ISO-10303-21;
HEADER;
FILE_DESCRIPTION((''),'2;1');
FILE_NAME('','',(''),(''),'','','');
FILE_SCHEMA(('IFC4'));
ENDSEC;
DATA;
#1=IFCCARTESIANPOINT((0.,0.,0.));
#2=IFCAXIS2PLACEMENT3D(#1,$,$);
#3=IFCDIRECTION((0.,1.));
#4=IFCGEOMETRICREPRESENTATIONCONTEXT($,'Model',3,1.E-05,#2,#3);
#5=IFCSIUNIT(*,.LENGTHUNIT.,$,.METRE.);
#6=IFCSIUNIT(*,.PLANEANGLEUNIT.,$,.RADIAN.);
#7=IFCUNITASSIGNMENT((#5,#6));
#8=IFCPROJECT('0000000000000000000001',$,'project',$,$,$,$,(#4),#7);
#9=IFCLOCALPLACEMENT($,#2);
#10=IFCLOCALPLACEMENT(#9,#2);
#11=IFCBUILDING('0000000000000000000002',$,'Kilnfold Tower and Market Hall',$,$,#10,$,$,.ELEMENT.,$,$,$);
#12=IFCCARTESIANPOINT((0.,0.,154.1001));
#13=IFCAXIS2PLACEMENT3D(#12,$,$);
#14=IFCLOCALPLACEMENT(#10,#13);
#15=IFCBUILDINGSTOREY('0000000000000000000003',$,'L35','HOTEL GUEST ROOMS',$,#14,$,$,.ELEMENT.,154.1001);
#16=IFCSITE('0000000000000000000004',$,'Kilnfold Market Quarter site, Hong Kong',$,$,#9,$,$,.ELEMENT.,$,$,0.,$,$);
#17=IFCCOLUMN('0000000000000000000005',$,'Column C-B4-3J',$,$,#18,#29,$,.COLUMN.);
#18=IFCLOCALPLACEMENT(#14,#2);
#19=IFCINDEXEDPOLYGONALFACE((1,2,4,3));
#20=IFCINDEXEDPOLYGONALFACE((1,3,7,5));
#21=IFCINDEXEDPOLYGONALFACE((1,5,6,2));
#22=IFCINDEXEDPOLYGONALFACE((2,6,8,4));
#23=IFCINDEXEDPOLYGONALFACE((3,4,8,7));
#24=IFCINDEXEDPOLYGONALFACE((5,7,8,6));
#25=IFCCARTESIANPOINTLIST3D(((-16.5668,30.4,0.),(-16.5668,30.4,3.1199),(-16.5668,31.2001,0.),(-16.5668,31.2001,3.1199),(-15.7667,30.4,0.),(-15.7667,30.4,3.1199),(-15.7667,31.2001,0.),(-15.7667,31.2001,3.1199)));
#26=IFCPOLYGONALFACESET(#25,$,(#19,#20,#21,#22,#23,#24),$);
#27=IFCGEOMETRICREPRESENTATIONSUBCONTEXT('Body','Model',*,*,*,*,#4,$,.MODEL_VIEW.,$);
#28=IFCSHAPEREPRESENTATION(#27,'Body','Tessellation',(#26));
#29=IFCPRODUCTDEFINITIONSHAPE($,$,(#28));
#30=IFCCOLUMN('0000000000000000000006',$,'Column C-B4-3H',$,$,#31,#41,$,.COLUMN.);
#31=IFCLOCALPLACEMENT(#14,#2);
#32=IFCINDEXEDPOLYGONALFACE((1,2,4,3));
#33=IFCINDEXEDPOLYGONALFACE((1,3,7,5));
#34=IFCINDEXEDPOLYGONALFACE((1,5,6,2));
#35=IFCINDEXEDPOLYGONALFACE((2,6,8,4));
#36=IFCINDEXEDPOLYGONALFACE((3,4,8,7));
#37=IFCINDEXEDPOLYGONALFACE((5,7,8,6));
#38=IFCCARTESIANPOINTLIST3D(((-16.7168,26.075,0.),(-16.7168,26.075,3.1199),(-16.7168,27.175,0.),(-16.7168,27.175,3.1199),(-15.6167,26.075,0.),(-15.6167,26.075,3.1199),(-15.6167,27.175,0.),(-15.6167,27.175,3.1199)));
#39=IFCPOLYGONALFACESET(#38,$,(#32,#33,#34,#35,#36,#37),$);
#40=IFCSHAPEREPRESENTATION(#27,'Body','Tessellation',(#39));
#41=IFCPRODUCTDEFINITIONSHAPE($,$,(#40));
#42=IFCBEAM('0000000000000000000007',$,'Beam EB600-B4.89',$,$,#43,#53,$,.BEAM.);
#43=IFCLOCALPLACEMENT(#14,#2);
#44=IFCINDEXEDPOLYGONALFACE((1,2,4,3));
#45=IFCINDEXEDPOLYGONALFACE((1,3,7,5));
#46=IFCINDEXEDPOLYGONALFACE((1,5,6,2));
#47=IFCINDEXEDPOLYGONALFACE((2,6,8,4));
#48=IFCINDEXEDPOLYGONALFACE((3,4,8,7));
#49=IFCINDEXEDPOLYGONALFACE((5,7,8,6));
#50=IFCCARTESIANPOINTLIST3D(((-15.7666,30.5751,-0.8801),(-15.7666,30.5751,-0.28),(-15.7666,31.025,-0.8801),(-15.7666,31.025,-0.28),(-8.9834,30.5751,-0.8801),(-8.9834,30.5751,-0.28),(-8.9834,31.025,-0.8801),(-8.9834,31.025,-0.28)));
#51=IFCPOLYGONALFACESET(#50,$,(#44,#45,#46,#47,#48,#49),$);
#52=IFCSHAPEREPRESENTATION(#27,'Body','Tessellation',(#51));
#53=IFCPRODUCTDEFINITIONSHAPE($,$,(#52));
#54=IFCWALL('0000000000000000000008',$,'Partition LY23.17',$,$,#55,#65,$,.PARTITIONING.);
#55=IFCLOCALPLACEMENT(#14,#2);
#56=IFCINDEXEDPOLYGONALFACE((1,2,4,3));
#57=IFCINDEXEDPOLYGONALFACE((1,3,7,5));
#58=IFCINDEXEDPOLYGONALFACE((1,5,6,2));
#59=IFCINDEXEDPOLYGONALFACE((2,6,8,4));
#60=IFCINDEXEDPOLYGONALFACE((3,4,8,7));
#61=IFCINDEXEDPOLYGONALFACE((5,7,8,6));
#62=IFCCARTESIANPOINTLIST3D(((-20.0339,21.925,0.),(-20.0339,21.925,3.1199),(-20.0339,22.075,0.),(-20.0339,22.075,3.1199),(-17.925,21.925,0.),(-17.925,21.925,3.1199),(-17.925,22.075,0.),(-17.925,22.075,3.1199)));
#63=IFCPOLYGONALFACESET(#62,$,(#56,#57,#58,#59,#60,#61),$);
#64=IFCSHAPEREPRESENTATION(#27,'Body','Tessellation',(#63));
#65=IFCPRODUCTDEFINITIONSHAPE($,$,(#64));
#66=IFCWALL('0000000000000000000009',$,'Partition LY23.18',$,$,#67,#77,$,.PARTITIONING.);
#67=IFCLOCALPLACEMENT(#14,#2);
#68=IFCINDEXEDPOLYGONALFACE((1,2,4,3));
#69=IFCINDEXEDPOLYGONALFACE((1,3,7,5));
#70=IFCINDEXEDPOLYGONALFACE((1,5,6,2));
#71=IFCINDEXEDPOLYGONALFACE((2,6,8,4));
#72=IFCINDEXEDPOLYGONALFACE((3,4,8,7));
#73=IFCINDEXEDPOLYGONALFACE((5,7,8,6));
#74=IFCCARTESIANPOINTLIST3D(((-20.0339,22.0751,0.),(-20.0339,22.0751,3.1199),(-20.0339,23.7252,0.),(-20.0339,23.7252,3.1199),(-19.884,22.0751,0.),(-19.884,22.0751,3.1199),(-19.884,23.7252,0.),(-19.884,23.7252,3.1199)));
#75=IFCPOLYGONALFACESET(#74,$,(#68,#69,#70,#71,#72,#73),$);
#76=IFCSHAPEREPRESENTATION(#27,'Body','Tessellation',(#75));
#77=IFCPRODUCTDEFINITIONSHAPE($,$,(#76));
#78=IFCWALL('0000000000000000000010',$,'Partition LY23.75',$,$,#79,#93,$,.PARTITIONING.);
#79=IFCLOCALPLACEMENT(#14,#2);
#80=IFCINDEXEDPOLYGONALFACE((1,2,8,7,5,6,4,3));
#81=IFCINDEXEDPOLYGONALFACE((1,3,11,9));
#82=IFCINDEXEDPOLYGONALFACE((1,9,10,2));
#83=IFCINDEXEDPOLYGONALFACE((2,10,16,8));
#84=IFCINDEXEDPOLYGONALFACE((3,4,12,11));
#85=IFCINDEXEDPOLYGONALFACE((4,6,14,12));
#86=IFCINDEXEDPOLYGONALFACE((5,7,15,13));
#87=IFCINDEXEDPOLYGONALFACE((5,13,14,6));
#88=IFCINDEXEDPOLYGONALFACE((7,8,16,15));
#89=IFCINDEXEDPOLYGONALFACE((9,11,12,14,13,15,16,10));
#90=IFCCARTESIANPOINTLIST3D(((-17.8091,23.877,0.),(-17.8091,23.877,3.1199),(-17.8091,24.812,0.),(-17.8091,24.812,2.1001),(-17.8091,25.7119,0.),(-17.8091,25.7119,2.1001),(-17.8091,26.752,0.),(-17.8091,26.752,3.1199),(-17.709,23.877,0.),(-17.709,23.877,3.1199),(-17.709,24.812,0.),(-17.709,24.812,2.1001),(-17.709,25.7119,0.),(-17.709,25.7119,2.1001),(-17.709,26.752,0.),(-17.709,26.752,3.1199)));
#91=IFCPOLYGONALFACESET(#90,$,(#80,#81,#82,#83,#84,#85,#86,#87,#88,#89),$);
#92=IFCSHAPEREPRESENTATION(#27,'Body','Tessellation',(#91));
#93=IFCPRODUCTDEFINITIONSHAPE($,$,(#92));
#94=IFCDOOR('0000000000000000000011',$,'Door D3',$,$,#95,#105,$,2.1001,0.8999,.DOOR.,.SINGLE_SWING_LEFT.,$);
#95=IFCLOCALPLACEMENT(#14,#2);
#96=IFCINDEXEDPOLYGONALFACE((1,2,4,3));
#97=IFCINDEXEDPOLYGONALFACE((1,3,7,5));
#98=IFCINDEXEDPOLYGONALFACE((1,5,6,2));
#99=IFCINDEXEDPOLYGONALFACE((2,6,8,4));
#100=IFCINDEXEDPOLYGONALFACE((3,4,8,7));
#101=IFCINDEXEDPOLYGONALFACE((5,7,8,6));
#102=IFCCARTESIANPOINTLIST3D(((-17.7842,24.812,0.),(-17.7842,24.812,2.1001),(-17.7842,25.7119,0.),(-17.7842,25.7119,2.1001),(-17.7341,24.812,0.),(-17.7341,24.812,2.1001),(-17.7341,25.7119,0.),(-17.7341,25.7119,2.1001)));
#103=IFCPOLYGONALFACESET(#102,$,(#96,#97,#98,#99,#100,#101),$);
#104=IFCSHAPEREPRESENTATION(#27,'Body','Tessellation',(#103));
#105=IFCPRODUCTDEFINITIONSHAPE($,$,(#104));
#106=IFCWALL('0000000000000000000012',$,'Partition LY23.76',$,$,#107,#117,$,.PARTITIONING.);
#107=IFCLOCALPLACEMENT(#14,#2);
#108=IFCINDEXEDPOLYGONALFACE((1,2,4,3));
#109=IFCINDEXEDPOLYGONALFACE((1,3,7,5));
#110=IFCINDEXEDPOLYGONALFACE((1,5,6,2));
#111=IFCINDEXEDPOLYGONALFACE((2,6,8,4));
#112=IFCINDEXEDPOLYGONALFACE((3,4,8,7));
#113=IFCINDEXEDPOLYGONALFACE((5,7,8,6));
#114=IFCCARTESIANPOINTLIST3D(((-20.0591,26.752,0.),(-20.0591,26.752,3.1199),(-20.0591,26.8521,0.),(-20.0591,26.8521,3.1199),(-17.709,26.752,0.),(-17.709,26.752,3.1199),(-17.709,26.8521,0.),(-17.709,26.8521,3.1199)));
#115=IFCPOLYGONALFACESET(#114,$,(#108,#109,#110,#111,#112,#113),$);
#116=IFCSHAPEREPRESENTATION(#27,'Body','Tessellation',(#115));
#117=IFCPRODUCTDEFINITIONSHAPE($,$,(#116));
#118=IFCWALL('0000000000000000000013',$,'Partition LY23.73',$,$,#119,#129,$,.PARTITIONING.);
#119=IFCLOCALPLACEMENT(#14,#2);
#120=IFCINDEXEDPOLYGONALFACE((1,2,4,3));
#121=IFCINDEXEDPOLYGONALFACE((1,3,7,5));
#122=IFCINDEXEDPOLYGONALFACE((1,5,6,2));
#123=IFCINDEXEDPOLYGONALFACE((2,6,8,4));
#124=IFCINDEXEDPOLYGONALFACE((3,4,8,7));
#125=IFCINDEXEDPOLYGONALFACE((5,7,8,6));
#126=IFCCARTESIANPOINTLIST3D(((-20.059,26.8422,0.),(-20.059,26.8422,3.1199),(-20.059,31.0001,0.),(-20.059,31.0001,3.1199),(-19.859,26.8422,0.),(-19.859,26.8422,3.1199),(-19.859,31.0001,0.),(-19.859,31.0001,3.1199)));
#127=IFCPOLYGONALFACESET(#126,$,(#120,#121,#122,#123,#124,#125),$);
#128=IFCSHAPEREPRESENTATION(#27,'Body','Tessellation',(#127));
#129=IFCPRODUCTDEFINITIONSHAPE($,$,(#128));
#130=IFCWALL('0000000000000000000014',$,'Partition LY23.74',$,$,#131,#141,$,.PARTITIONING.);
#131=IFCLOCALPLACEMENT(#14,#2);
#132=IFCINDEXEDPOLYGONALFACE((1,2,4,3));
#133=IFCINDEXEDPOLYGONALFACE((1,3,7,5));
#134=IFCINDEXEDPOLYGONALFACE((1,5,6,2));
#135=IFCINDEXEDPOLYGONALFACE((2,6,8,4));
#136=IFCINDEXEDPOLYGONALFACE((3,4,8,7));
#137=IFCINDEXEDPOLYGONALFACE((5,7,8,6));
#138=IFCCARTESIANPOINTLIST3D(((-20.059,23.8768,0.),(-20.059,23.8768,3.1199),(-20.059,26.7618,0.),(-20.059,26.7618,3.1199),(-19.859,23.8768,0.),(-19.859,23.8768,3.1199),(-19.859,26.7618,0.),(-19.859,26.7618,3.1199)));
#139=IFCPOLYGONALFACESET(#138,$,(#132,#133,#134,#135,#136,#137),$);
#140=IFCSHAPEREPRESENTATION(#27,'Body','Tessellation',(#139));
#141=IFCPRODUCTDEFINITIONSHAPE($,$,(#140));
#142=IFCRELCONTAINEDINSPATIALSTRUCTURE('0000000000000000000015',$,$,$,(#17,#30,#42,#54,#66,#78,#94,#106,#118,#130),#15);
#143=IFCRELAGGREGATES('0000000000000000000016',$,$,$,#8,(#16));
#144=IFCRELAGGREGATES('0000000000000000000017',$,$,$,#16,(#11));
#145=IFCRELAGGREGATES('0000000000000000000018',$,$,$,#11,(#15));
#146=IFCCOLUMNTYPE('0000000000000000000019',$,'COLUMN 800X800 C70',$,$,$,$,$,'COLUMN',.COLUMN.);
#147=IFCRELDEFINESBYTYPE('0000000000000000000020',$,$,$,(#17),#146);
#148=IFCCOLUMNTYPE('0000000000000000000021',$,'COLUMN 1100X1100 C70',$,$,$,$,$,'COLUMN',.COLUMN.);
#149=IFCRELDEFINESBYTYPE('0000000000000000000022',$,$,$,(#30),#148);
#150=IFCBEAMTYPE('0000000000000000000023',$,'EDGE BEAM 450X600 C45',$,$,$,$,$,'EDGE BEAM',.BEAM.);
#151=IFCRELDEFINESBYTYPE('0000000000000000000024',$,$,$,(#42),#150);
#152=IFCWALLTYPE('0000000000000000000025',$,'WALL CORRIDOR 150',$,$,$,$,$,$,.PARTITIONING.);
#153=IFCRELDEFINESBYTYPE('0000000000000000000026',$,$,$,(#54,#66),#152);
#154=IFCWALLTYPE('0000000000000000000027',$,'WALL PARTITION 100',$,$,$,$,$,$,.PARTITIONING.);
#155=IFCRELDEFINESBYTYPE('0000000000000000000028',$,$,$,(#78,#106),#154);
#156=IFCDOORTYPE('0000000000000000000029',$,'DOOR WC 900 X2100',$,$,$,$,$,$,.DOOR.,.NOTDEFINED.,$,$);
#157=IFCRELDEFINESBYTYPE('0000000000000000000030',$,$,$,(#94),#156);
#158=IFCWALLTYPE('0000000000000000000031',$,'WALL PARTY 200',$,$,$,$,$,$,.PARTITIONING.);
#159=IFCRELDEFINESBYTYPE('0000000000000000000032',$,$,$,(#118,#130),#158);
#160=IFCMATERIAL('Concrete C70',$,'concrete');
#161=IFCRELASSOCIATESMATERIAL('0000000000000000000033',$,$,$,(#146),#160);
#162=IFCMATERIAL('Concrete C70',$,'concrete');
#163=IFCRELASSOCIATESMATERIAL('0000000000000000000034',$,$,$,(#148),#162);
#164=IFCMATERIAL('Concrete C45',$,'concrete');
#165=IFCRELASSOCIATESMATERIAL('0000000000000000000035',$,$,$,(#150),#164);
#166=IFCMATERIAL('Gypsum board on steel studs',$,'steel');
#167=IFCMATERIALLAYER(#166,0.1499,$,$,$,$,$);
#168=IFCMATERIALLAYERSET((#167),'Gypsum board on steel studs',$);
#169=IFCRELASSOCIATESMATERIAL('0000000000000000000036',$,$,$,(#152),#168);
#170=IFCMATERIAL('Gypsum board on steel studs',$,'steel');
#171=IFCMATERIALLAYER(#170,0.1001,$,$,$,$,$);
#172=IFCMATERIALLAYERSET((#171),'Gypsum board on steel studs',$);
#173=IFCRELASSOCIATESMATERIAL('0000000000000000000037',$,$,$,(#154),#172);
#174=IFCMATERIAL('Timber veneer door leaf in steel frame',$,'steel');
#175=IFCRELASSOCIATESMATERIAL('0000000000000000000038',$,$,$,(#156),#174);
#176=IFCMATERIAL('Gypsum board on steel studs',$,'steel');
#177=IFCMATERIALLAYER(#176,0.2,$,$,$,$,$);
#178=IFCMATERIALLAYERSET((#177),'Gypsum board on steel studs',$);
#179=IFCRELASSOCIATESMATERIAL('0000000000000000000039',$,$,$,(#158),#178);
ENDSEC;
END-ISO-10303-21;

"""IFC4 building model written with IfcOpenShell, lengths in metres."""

from ifc_helpers import new_model, si_unit, direction, frame, frame_2d, origin, origin_2d, place, context, subcontext, project, spatial, rectangle, extrude, source, transform, mapped, material, layer, layer_set, material_profile, profile_set, type_object, element, fill, save


model = new_model("IFC4")

# Units and contexts
model_context = context("Model", 3, precision=1e-05, world=origin(), true_north=direction((0.0, 1.0)))
body_context = subcontext(model_context, "Body", "Model", "MODEL_VIEW")
ifc_project = project(units=[si_unit("LENGTHUNIT", "METRE"), si_unit("PLANEANGLEUNIT", "RADIAN")], contexts=[model_context])

# Site, building, storey
site_placement = place(None, origin())
site = spatial("IfcSite", under=ifc_project, at=site_placement, Name="Kilnfold Market Quarter site, Hong Kong", CompositionType="ELEMENT", RefElevation=0.0)
building_placement = place(site_placement, origin())
building = spatial("IfcBuilding", under=site, at=building_placement, Name="Kilnfold Tower and Market Hall", CompositionType="ELEMENT")
storey_placement = place(building_placement, frame((0.0, 0.0, 154.1001)))
storey = spatial("IfcBuildingStorey", under=building, at=storey_placement, Name="L35", Description="HOTEL GUEST ROOMS", CompositionType="ELEMENT", Elevation=154.1001)

# Columns
ifc_material_1 = material(Name="Concrete C70", Category="concrete")
ifc_material_profile_1 = material_profile(ifc_material_1, rectangle(XDim=0.8, YDim=0.8, at=origin_2d()), Name="RC 800x800")
ifc_profile_set_1 = profile_set([ifc_material_profile_1], Name="Concrete C70")
column_type_1 = type_object("IfcColumnType", Name="COLUMN 800X800 C70", ElementType="COLUMN", PredefinedType="COLUMN", material=ifc_profile_set_1)
shared_shape_1 = source(origin(), body_context, "Body", "SweptSolid", [
    extrude(rectangle(XDim=0.8, YDim=0.8, at=origin_2d()), origin(), (0.0, 0.0, 1.0), 3.1199),
])
column_1_placement = place(storey_placement, frame((-16.1667, 30.8, 0.0), z_axis=(0.0, 0.0, 1.0), x_axis=(1.0, 0.0, 0.0)))
element("IfcColumn", 1, at=column_1_placement, inside=storey, type_object=column_type_1, Name="Column C-B4-3J", PredefinedType="COLUMN", context=body_context, shape_type="MappedRepresentation", body=[
    mapped(shared_shape_1, transform((0.0, 0.0, 0.0))),
])
ifc_material_2 = material(Name="Concrete C70", Category="concrete")
ifc_material_profile_2 = material_profile(ifc_material_2, rectangle(XDim=1.1001, YDim=1.1001, at=origin_2d()), Name="RC 1100x1100")
ifc_profile_set_2 = profile_set([ifc_material_profile_2], Name="Concrete C70")
column_type_2 = type_object("IfcColumnType", Name="COLUMN 1100X1100 C70", ElementType="COLUMN", PredefinedType="COLUMN", material=ifc_profile_set_2)
shared_shape_2 = source(origin(), body_context, "Body", "SweptSolid", [
    extrude(rectangle(XDim=1.1001, YDim=1.1001, at=origin_2d()), origin(), (0.0, 0.0, 1.0), 3.1199),
])
column_2_placement = place(storey_placement, frame((-16.1667, 26.625, 0.0), z_axis=(0.0, 0.0, 1.0), x_axis=(1.0, 0.0, 0.0)))
element("IfcColumn", 2, at=column_2_placement, inside=storey, type_object=column_type_2, Name="Column C-B4-3H", PredefinedType="COLUMN", context=body_context, shape_type="MappedRepresentation", body=[
    mapped(shared_shape_2, transform((0.0, 0.0, 0.0))),
])

# Beam
ifc_material_3 = material(Name="Concrete C45", Category="concrete")
ifc_material_profile_3 = material_profile(ifc_material_3, rectangle(XDim=0.45, YDim=0.6001, at=origin_2d()), Name="RC 450x600")
ifc_profile_set_3 = profile_set([ifc_material_profile_3], Name="Concrete C45")
beam_type = type_object("IfcBeamType", Name="EDGE BEAM 450X600 C45", ElementType="EDGE BEAM", PredefinedType="BEAM", material=ifc_profile_set_3)
shared_shape_3 = source(origin(), body_context, "Body", "SweptSolid", [
    extrude(rectangle(XDim=0.45, YDim=0.6001, at=origin_2d()), origin(), (0.0, 0.0, 1.0), 6.7832),
])
beam_placement = place(storey_placement, frame((-15.7666, 30.8, -0.5801), z_axis=(1.0, 0.0, 0.0), x_axis=(0.0, 1.0, 0.0)))
element("IfcBeam", 3, at=beam_placement, inside=storey, type_object=beam_type, Name="Beam EB600-B4.89", PredefinedType="BEAM", context=body_context, shape_type="MappedRepresentation", body=[
    mapped(shared_shape_3, transform((0.0, 0.0, 0.0))),
])

# Walls
ifc_material_4 = material(Name="Gypsum board on steel studs", Category="steel")
ifc_layer_1 = layer(ifc_material_4, 0.1499)
ifc_layer_set_1 = layer_set([ifc_layer_1], Name="Gypsum board on steel studs")
wall_type_1 = type_object("IfcWallType", Name="WALL CORRIDOR 150", PredefinedType="PARTITIONING", material=ifc_layer_set_1)
wall_1_placement = place(storey_placement, frame((-20.0339, 22.0, 0.0), z_axis=(0.0, 0.0, 1.0), x_axis=(1.0, 0.0, 0.0)))
element("IfcWall", 4, at=wall_1_placement, inside=storey, type_object=wall_type_1, Name="Partition LY23.17", PredefinedType="PARTITIONING", context=body_context, shape_type="SweptSolid", body=[
    extrude(rectangle(XDim=2.1089, YDim=0.1499, at=frame_2d((1.0544, 0.0))), origin(), (0.0, 0.0, 1.0), 3.1199),
])
wall_2_placement = place(storey_placement, frame((-19.959, 22.075, 0.0), z_axis=(0.0, 0.0, 1.0), x_axis=(0.0, 1.0, 0.0)))
element("IfcWall", 5, at=wall_2_placement, inside=storey, type_object=wall_type_1, Name="Partition LY23.18", PredefinedType="PARTITIONING", context=body_context, shape_type="SweptSolid", body=[
    extrude(rectangle(XDim=1.6501, YDim=0.1499, at=frame_2d((0.8252, 0.0))), origin(), (0.0, 0.0, 1.0), 3.1199),
])

# Wall, opening, door
ifc_material_5 = material(Name="Gypsum board on steel studs", Category="steel")
ifc_layer_2 = layer(ifc_material_5, 0.1001)
ifc_layer_set_2 = layer_set([ifc_layer_2], Name="Gypsum board on steel studs")
wall_type_2 = type_object("IfcWallType", Name="WALL PARTITION 100", PredefinedType="PARTITIONING", material=ifc_layer_set_2)
wall_3_placement = place(storey_placement, frame((-17.759, 26.752, 0.0), z_axis=(0.0, 0.0, 1.0), x_axis=(0.0, -1.0, 0.0)))
wall_3 = element("IfcWall", 6, at=wall_3_placement, inside=storey, type_object=wall_type_2, Name="Partition LY23.75", PredefinedType="PARTITIONING", context=body_context, shape_type="SweptSolid", body=[
    extrude(rectangle(XDim=2.875, YDim=0.1001, at=frame_2d((1.4375, 0.0))), origin(), (0.0, 0.0, 1.0), 3.1199),
])
opening_1_placement = place(wall_3_placement, frame((1.04, 0.0, 0.0)))
opening_1 = element("IfcOpeningElement", 7, at=opening_1_placement, cuts=wall_3, PredefinedType="OPENING", context=body_context, shape_type="SweptSolid", body=[
    extrude(rectangle(XDim=0.8999, YDim=2.1001, at=frame_2d((0.45, 1.05))), frame((0.0, 0.0601, 0.0), z_axis=(0.0, -1.0, 0.0), x_axis=(1.0, 0.0, 0.0)), (0.0, 0.0, 1.0), 0.1201),
])
ifc_material_6 = material(Name="Timber veneer door leaf in steel frame", Category="steel")
door_type_1 = type_object("IfcDoorType", Name="DOOR WC 900 X2100", OperationType="NOTDEFINED", PredefinedType="DOOR", material=ifc_material_6)
door_1_placement = place(opening_1_placement, origin())
door_1 = element("IfcDoor", 8, at=door_1_placement, inside=storey, type_object=door_type_1, Name="Door D3", OperationType="SINGLE_SWING_LEFT", OverallHeight=2.1001, OverallWidth=0.8999, PredefinedType="DOOR", context=body_context, shape_type="SweptSolid", body=[
    extrude(rectangle(XDim=0.8999, YDim=2.1001, at=frame_2d((0.45, 1.05))), frame((0.0, 0.0249, 0.0), z_axis=(0.0, -1.0, 0.0), x_axis=(1.0, 0.0, 0.0)), (0.0, 0.0, 1.0), 0.05),
])
fill(opening_1, door_1)

# Walls
wall_4_placement = place(storey_placement, frame((-20.0591, 26.802, 0.0), z_axis=(0.0, 0.0, 1.0), x_axis=(1.0, 0.0, 0.0)))
element("IfcWall", 9, at=wall_4_placement, inside=storey, type_object=wall_type_2, Name="Partition LY23.76", PredefinedType="PARTITIONING", context=body_context, shape_type="SweptSolid", body=[
    extrude(rectangle(XDim=2.3501, YDim=0.1001, at=frame_2d((1.175, 0.0))), origin(), (0.0, 0.0, 1.0), 3.1199),
])
ifc_material_7 = material(Name="Gypsum board on steel studs", Category="steel")
ifc_layer_3 = layer(ifc_material_7, 0.2)
ifc_layer_set_3 = layer_set([ifc_layer_3], Name="Gypsum board on steel studs")
wall_type_3 = type_object("IfcWallType", Name="WALL PARTY 200", PredefinedType="PARTITIONING", material=ifc_layer_set_3)
wall_5_placement = place(storey_placement, frame((-19.959, 26.842, 0.0), z_axis=(0.0, 0.0, 1.0), x_axis=(0.0, 1.0, 0.0)))
element("IfcWall", 10, at=wall_5_placement, inside=storey, type_object=wall_type_3, Name="Partition LY23.73", PredefinedType="PARTITIONING", context=body_context, shape_type="SweptSolid", body=[
    extrude(rectangle(XDim=4.158, YDim=0.2, at=frame_2d((2.0791, 0.0))), origin(), (0.0, 0.0, 1.0), 3.1199),
])
wall_6_placement = place(storey_placement, frame((-19.959, 23.877, 0.0), z_axis=(0.0, 0.0, 1.0), x_axis=(0.0, 1.0, 0.0)))
element("IfcWall", 11, at=wall_6_placement, inside=storey, type_object=wall_type_3, Name="Partition LY23.74", PredefinedType="PARTITIONING", context=body_context, shape_type="SweptSolid", body=[
    extrude(rectangle(XDim=2.885, YDim=0.2, at=frame_2d((1.4424, 0.0))), origin(), (0.0, 0.0, 1.0), 3.1199),
])

save(model, "model.ifc")
